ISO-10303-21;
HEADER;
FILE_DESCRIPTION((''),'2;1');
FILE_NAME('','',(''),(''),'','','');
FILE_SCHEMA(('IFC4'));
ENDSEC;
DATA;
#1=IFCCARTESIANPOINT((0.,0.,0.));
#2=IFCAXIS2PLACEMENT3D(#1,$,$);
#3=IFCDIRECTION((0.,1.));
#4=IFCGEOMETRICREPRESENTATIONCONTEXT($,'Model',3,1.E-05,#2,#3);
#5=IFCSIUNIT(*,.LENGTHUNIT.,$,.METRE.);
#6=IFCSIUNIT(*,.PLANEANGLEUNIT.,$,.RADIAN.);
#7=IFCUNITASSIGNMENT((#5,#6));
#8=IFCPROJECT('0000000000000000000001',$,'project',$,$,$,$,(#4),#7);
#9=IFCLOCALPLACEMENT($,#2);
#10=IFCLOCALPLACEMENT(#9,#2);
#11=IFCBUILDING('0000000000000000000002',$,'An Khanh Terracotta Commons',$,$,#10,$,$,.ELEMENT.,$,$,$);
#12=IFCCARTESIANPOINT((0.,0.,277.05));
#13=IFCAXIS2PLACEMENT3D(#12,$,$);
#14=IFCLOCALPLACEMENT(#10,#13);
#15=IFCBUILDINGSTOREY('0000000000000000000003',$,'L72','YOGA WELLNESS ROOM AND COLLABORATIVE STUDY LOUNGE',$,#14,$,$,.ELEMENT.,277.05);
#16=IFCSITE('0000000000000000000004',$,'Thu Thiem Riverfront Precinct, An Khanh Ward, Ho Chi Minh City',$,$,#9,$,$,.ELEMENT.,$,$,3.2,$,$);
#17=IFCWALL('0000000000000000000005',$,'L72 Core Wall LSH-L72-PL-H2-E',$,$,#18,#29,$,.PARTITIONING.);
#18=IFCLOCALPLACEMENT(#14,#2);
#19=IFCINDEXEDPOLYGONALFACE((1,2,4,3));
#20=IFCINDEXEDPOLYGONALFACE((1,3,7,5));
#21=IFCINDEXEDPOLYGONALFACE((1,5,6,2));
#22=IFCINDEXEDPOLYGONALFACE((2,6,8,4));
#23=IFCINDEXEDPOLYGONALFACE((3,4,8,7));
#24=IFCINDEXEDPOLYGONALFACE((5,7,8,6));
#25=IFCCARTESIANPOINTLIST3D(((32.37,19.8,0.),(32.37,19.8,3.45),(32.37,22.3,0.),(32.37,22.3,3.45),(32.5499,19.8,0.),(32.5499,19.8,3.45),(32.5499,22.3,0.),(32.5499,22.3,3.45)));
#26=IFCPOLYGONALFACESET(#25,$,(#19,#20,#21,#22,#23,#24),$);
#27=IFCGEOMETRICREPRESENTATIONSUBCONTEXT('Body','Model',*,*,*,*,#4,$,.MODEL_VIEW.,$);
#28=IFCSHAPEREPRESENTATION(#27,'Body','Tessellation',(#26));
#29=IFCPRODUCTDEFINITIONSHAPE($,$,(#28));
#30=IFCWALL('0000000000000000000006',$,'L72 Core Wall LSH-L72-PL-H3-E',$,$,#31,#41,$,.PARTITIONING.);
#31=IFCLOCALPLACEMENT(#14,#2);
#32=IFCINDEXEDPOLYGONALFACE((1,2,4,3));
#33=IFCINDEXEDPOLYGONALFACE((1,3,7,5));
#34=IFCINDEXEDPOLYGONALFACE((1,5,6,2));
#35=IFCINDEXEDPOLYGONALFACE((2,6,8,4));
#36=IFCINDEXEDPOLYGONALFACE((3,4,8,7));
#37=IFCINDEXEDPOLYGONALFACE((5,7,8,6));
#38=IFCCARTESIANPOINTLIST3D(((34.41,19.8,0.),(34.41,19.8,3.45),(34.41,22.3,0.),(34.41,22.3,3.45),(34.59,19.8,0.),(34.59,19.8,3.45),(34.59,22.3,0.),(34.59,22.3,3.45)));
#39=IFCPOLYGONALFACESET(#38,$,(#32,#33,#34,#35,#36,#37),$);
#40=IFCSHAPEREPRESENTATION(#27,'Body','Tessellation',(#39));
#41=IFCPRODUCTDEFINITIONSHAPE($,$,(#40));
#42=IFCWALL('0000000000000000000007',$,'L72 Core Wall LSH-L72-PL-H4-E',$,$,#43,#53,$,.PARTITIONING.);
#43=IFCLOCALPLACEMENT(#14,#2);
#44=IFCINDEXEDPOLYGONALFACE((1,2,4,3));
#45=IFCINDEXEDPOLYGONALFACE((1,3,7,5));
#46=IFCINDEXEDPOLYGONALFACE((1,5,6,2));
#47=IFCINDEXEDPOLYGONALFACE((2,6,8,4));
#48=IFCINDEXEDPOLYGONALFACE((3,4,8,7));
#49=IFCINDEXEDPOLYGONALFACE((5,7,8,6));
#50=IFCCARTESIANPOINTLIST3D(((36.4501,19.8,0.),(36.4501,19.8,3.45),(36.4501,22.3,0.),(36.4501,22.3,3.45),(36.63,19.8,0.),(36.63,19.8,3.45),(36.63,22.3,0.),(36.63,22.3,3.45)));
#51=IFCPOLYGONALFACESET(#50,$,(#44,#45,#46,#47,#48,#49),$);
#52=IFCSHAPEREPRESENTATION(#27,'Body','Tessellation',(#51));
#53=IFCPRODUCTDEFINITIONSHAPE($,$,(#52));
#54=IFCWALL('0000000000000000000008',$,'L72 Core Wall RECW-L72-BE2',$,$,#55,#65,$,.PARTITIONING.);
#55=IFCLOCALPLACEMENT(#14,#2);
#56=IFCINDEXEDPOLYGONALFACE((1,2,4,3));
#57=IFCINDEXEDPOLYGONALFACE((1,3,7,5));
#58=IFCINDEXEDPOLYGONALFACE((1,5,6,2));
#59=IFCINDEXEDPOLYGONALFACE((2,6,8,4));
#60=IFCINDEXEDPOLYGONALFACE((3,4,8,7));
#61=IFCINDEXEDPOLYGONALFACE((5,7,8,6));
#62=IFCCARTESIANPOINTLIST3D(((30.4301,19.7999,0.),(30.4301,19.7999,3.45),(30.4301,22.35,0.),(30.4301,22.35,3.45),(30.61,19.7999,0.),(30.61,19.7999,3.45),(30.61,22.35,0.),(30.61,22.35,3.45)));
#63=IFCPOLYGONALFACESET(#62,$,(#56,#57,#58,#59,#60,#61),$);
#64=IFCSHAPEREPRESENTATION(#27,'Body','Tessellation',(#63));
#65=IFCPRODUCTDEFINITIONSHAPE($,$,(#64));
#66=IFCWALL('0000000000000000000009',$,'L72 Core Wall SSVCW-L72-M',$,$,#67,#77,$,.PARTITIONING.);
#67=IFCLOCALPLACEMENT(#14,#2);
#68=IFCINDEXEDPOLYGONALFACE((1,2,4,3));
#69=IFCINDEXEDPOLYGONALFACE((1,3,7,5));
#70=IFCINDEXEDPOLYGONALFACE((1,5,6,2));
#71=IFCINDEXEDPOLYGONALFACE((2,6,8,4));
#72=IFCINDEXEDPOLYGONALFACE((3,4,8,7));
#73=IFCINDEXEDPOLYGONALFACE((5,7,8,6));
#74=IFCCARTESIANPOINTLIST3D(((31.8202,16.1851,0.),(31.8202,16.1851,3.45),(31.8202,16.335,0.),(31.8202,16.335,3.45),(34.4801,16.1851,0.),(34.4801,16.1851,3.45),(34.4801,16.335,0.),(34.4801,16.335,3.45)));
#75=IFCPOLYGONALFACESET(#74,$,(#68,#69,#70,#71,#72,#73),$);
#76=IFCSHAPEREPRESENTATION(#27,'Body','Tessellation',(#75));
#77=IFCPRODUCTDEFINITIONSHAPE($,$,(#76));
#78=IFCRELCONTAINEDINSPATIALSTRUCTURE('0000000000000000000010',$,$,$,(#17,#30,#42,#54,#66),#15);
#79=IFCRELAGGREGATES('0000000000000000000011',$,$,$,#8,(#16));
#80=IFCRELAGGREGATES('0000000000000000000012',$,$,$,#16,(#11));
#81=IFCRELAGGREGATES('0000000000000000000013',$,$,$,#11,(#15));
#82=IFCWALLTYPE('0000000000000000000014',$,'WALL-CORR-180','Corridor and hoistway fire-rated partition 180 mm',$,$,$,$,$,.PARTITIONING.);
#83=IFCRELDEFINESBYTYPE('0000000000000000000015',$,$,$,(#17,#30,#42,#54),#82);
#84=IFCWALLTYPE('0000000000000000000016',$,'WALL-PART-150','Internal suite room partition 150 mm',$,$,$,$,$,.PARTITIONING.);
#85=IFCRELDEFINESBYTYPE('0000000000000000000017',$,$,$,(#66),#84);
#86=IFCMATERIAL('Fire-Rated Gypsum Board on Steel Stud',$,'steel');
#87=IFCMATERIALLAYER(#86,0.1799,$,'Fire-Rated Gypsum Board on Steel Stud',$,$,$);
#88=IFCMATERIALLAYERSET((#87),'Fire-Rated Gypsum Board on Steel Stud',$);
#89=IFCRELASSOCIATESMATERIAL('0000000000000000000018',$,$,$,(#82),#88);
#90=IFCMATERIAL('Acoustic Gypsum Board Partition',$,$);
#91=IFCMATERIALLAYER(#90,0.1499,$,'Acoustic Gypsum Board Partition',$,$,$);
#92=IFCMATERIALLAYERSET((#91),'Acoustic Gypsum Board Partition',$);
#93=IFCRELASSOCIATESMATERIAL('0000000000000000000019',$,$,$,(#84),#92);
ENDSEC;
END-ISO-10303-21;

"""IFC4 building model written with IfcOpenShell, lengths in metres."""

from ifc_helpers import new_model, si_unit, direction, frame, frame_2d, origin, place, context, subcontext, project, spatial, rectangle, extrude, material, layer, layer_set, type_object, element, save


model = new_model("IFC4")

# Units and contexts
model_context = context("Model", 3, precision=1e-05, world=origin(), true_north=direction((0.0, 1.0)))
body_context = subcontext(model_context, "Body", "Model", "MODEL_VIEW")
ifc_project = project(units=[si_unit("LENGTHUNIT", "METRE"), si_unit("PLANEANGLEUNIT", "RADIAN")], contexts=[model_context])

# Site, building, storey
site_placement = place(None, origin())
site = spatial("IfcSite", under=ifc_project, at=site_placement, Name="Thu Thiem Riverfront Precinct, An Khanh Ward, Ho Chi Minh City", CompositionType="ELEMENT", RefElevation=3.2)
building_placement = place(site_placement, origin())
building = spatial("IfcBuilding", under=site, at=building_placement, Name="An Khanh Terracotta Commons", CompositionType="ELEMENT")
storey_placement = place(building_placement, frame((0.0, 0.0, 277.05)))
storey = spatial("IfcBuildingStorey", under=building, at=storey_placement, Name="L72", Description="YOGA WELLNESS ROOM AND COLLABORATIVE STUDY LOUNGE", CompositionType="ELEMENT", Elevation=277.05)

# Shared definitions
ifc_material_1 = material(Name="Fire-Rated Gypsum Board on Steel Stud", Category="steel")
ifc_layer_1 = layer(ifc_material_1, 0.1799, Name="Fire-Rated Gypsum Board on Steel Stud")
ifc_layer_set_1 = layer_set([ifc_layer_1], Name="Fire-Rated Gypsum Board on Steel Stud")
wall_type_1 = type_object("IfcWallType", Name="WALL-CORR-180", Description="Corridor and hoistway fire-rated partition 180 mm", PredefinedType="PARTITIONING", material=ifc_layer_set_1)

# Walls
for number, where, z_axis, x_axis, name in (
    (1, (32.46, 19.8, 0.0), (0.0, 0.0, 1.0), (0.0, 1.0, 0.0), "L72 Core Wall LSH-L72-PL-H2-E"),
    (2, (34.5, 19.8, 0.0), (0.0, 0.0, 1.0), (0.0, 1.0, 0.0), "L72 Core Wall LSH-L72-PL-H3-E"),
    (3, (36.54, 19.8, 0.0), (0.0, 0.0, 1.0), (0.0, 1.0, 0.0), "L72 Core Wall LSH-L72-PL-H4-E"),
):
    element("IfcWall", number, at=place(storey_placement, frame(where, z_axis=z_axis, x_axis=x_axis)), inside=storey, type_object=wall_type_1, Name=name, PredefinedType="PARTITIONING", context=body_context, shape_type="SweptSolid", body=[
        extrude(rectangle(XDim=2.5, YDim=0.1799, at=frame_2d((1.25, 0.0))), origin(), (0.0, 0.0, 1.0), 3.45),
    ])
wall_1_placement = place(storey_placement, frame((30.52, 19.8, 0.0), z_axis=(0.0, 0.0, 1.0), x_axis=(0.0, 1.0, 0.0)))
element("IfcWall", 4, at=wall_1_placement, inside=storey, type_object=wall_type_1, Name="L72 Core Wall RECW-L72-BE2", PredefinedType="PARTITIONING", context=body_context, shape_type="SweptSolid", body=[
    extrude(rectangle(XDim=2.55, YDim=0.1799, at=frame_2d((1.2749, 0.0))), origin(), (0.0, 0.0, 1.0), 3.45),
])
ifc_material_2 = material(Name="Acoustic Gypsum Board Partition")
ifc_layer_2 = layer(ifc_material_2, 0.1499, Name="Acoustic Gypsum Board Partition")
ifc_layer_set_2 = layer_set([ifc_layer_2], Name="Acoustic Gypsum Board Partition")
wall_type_2 = type_object("IfcWallType", Name="WALL-PART-150", Description="Internal suite room partition 150 mm", PredefinedType="PARTITIONING", material=ifc_layer_set_2)
wall_2_placement = place(storey_placement, frame((31.8201, 16.26, 0.0), z_axis=(0.0, 0.0, 1.0), x_axis=(1.0, 0.0, 0.0)))
element("IfcWall", 5, at=wall_2_placement, inside=storey, type_object=wall_type_2, Name="L72 Core Wall SSVCW-L72-M", PredefinedType="PARTITIONING", context=body_context, shape_type="SweptSolid", body=[
    extrude(rectangle(XDim=2.6599, YDim=0.1499, at=frame_2d((1.3301, 0.0))), origin(), (0.0, 0.0, 1.0), 3.45),
])

save(model, "model.ifc")
